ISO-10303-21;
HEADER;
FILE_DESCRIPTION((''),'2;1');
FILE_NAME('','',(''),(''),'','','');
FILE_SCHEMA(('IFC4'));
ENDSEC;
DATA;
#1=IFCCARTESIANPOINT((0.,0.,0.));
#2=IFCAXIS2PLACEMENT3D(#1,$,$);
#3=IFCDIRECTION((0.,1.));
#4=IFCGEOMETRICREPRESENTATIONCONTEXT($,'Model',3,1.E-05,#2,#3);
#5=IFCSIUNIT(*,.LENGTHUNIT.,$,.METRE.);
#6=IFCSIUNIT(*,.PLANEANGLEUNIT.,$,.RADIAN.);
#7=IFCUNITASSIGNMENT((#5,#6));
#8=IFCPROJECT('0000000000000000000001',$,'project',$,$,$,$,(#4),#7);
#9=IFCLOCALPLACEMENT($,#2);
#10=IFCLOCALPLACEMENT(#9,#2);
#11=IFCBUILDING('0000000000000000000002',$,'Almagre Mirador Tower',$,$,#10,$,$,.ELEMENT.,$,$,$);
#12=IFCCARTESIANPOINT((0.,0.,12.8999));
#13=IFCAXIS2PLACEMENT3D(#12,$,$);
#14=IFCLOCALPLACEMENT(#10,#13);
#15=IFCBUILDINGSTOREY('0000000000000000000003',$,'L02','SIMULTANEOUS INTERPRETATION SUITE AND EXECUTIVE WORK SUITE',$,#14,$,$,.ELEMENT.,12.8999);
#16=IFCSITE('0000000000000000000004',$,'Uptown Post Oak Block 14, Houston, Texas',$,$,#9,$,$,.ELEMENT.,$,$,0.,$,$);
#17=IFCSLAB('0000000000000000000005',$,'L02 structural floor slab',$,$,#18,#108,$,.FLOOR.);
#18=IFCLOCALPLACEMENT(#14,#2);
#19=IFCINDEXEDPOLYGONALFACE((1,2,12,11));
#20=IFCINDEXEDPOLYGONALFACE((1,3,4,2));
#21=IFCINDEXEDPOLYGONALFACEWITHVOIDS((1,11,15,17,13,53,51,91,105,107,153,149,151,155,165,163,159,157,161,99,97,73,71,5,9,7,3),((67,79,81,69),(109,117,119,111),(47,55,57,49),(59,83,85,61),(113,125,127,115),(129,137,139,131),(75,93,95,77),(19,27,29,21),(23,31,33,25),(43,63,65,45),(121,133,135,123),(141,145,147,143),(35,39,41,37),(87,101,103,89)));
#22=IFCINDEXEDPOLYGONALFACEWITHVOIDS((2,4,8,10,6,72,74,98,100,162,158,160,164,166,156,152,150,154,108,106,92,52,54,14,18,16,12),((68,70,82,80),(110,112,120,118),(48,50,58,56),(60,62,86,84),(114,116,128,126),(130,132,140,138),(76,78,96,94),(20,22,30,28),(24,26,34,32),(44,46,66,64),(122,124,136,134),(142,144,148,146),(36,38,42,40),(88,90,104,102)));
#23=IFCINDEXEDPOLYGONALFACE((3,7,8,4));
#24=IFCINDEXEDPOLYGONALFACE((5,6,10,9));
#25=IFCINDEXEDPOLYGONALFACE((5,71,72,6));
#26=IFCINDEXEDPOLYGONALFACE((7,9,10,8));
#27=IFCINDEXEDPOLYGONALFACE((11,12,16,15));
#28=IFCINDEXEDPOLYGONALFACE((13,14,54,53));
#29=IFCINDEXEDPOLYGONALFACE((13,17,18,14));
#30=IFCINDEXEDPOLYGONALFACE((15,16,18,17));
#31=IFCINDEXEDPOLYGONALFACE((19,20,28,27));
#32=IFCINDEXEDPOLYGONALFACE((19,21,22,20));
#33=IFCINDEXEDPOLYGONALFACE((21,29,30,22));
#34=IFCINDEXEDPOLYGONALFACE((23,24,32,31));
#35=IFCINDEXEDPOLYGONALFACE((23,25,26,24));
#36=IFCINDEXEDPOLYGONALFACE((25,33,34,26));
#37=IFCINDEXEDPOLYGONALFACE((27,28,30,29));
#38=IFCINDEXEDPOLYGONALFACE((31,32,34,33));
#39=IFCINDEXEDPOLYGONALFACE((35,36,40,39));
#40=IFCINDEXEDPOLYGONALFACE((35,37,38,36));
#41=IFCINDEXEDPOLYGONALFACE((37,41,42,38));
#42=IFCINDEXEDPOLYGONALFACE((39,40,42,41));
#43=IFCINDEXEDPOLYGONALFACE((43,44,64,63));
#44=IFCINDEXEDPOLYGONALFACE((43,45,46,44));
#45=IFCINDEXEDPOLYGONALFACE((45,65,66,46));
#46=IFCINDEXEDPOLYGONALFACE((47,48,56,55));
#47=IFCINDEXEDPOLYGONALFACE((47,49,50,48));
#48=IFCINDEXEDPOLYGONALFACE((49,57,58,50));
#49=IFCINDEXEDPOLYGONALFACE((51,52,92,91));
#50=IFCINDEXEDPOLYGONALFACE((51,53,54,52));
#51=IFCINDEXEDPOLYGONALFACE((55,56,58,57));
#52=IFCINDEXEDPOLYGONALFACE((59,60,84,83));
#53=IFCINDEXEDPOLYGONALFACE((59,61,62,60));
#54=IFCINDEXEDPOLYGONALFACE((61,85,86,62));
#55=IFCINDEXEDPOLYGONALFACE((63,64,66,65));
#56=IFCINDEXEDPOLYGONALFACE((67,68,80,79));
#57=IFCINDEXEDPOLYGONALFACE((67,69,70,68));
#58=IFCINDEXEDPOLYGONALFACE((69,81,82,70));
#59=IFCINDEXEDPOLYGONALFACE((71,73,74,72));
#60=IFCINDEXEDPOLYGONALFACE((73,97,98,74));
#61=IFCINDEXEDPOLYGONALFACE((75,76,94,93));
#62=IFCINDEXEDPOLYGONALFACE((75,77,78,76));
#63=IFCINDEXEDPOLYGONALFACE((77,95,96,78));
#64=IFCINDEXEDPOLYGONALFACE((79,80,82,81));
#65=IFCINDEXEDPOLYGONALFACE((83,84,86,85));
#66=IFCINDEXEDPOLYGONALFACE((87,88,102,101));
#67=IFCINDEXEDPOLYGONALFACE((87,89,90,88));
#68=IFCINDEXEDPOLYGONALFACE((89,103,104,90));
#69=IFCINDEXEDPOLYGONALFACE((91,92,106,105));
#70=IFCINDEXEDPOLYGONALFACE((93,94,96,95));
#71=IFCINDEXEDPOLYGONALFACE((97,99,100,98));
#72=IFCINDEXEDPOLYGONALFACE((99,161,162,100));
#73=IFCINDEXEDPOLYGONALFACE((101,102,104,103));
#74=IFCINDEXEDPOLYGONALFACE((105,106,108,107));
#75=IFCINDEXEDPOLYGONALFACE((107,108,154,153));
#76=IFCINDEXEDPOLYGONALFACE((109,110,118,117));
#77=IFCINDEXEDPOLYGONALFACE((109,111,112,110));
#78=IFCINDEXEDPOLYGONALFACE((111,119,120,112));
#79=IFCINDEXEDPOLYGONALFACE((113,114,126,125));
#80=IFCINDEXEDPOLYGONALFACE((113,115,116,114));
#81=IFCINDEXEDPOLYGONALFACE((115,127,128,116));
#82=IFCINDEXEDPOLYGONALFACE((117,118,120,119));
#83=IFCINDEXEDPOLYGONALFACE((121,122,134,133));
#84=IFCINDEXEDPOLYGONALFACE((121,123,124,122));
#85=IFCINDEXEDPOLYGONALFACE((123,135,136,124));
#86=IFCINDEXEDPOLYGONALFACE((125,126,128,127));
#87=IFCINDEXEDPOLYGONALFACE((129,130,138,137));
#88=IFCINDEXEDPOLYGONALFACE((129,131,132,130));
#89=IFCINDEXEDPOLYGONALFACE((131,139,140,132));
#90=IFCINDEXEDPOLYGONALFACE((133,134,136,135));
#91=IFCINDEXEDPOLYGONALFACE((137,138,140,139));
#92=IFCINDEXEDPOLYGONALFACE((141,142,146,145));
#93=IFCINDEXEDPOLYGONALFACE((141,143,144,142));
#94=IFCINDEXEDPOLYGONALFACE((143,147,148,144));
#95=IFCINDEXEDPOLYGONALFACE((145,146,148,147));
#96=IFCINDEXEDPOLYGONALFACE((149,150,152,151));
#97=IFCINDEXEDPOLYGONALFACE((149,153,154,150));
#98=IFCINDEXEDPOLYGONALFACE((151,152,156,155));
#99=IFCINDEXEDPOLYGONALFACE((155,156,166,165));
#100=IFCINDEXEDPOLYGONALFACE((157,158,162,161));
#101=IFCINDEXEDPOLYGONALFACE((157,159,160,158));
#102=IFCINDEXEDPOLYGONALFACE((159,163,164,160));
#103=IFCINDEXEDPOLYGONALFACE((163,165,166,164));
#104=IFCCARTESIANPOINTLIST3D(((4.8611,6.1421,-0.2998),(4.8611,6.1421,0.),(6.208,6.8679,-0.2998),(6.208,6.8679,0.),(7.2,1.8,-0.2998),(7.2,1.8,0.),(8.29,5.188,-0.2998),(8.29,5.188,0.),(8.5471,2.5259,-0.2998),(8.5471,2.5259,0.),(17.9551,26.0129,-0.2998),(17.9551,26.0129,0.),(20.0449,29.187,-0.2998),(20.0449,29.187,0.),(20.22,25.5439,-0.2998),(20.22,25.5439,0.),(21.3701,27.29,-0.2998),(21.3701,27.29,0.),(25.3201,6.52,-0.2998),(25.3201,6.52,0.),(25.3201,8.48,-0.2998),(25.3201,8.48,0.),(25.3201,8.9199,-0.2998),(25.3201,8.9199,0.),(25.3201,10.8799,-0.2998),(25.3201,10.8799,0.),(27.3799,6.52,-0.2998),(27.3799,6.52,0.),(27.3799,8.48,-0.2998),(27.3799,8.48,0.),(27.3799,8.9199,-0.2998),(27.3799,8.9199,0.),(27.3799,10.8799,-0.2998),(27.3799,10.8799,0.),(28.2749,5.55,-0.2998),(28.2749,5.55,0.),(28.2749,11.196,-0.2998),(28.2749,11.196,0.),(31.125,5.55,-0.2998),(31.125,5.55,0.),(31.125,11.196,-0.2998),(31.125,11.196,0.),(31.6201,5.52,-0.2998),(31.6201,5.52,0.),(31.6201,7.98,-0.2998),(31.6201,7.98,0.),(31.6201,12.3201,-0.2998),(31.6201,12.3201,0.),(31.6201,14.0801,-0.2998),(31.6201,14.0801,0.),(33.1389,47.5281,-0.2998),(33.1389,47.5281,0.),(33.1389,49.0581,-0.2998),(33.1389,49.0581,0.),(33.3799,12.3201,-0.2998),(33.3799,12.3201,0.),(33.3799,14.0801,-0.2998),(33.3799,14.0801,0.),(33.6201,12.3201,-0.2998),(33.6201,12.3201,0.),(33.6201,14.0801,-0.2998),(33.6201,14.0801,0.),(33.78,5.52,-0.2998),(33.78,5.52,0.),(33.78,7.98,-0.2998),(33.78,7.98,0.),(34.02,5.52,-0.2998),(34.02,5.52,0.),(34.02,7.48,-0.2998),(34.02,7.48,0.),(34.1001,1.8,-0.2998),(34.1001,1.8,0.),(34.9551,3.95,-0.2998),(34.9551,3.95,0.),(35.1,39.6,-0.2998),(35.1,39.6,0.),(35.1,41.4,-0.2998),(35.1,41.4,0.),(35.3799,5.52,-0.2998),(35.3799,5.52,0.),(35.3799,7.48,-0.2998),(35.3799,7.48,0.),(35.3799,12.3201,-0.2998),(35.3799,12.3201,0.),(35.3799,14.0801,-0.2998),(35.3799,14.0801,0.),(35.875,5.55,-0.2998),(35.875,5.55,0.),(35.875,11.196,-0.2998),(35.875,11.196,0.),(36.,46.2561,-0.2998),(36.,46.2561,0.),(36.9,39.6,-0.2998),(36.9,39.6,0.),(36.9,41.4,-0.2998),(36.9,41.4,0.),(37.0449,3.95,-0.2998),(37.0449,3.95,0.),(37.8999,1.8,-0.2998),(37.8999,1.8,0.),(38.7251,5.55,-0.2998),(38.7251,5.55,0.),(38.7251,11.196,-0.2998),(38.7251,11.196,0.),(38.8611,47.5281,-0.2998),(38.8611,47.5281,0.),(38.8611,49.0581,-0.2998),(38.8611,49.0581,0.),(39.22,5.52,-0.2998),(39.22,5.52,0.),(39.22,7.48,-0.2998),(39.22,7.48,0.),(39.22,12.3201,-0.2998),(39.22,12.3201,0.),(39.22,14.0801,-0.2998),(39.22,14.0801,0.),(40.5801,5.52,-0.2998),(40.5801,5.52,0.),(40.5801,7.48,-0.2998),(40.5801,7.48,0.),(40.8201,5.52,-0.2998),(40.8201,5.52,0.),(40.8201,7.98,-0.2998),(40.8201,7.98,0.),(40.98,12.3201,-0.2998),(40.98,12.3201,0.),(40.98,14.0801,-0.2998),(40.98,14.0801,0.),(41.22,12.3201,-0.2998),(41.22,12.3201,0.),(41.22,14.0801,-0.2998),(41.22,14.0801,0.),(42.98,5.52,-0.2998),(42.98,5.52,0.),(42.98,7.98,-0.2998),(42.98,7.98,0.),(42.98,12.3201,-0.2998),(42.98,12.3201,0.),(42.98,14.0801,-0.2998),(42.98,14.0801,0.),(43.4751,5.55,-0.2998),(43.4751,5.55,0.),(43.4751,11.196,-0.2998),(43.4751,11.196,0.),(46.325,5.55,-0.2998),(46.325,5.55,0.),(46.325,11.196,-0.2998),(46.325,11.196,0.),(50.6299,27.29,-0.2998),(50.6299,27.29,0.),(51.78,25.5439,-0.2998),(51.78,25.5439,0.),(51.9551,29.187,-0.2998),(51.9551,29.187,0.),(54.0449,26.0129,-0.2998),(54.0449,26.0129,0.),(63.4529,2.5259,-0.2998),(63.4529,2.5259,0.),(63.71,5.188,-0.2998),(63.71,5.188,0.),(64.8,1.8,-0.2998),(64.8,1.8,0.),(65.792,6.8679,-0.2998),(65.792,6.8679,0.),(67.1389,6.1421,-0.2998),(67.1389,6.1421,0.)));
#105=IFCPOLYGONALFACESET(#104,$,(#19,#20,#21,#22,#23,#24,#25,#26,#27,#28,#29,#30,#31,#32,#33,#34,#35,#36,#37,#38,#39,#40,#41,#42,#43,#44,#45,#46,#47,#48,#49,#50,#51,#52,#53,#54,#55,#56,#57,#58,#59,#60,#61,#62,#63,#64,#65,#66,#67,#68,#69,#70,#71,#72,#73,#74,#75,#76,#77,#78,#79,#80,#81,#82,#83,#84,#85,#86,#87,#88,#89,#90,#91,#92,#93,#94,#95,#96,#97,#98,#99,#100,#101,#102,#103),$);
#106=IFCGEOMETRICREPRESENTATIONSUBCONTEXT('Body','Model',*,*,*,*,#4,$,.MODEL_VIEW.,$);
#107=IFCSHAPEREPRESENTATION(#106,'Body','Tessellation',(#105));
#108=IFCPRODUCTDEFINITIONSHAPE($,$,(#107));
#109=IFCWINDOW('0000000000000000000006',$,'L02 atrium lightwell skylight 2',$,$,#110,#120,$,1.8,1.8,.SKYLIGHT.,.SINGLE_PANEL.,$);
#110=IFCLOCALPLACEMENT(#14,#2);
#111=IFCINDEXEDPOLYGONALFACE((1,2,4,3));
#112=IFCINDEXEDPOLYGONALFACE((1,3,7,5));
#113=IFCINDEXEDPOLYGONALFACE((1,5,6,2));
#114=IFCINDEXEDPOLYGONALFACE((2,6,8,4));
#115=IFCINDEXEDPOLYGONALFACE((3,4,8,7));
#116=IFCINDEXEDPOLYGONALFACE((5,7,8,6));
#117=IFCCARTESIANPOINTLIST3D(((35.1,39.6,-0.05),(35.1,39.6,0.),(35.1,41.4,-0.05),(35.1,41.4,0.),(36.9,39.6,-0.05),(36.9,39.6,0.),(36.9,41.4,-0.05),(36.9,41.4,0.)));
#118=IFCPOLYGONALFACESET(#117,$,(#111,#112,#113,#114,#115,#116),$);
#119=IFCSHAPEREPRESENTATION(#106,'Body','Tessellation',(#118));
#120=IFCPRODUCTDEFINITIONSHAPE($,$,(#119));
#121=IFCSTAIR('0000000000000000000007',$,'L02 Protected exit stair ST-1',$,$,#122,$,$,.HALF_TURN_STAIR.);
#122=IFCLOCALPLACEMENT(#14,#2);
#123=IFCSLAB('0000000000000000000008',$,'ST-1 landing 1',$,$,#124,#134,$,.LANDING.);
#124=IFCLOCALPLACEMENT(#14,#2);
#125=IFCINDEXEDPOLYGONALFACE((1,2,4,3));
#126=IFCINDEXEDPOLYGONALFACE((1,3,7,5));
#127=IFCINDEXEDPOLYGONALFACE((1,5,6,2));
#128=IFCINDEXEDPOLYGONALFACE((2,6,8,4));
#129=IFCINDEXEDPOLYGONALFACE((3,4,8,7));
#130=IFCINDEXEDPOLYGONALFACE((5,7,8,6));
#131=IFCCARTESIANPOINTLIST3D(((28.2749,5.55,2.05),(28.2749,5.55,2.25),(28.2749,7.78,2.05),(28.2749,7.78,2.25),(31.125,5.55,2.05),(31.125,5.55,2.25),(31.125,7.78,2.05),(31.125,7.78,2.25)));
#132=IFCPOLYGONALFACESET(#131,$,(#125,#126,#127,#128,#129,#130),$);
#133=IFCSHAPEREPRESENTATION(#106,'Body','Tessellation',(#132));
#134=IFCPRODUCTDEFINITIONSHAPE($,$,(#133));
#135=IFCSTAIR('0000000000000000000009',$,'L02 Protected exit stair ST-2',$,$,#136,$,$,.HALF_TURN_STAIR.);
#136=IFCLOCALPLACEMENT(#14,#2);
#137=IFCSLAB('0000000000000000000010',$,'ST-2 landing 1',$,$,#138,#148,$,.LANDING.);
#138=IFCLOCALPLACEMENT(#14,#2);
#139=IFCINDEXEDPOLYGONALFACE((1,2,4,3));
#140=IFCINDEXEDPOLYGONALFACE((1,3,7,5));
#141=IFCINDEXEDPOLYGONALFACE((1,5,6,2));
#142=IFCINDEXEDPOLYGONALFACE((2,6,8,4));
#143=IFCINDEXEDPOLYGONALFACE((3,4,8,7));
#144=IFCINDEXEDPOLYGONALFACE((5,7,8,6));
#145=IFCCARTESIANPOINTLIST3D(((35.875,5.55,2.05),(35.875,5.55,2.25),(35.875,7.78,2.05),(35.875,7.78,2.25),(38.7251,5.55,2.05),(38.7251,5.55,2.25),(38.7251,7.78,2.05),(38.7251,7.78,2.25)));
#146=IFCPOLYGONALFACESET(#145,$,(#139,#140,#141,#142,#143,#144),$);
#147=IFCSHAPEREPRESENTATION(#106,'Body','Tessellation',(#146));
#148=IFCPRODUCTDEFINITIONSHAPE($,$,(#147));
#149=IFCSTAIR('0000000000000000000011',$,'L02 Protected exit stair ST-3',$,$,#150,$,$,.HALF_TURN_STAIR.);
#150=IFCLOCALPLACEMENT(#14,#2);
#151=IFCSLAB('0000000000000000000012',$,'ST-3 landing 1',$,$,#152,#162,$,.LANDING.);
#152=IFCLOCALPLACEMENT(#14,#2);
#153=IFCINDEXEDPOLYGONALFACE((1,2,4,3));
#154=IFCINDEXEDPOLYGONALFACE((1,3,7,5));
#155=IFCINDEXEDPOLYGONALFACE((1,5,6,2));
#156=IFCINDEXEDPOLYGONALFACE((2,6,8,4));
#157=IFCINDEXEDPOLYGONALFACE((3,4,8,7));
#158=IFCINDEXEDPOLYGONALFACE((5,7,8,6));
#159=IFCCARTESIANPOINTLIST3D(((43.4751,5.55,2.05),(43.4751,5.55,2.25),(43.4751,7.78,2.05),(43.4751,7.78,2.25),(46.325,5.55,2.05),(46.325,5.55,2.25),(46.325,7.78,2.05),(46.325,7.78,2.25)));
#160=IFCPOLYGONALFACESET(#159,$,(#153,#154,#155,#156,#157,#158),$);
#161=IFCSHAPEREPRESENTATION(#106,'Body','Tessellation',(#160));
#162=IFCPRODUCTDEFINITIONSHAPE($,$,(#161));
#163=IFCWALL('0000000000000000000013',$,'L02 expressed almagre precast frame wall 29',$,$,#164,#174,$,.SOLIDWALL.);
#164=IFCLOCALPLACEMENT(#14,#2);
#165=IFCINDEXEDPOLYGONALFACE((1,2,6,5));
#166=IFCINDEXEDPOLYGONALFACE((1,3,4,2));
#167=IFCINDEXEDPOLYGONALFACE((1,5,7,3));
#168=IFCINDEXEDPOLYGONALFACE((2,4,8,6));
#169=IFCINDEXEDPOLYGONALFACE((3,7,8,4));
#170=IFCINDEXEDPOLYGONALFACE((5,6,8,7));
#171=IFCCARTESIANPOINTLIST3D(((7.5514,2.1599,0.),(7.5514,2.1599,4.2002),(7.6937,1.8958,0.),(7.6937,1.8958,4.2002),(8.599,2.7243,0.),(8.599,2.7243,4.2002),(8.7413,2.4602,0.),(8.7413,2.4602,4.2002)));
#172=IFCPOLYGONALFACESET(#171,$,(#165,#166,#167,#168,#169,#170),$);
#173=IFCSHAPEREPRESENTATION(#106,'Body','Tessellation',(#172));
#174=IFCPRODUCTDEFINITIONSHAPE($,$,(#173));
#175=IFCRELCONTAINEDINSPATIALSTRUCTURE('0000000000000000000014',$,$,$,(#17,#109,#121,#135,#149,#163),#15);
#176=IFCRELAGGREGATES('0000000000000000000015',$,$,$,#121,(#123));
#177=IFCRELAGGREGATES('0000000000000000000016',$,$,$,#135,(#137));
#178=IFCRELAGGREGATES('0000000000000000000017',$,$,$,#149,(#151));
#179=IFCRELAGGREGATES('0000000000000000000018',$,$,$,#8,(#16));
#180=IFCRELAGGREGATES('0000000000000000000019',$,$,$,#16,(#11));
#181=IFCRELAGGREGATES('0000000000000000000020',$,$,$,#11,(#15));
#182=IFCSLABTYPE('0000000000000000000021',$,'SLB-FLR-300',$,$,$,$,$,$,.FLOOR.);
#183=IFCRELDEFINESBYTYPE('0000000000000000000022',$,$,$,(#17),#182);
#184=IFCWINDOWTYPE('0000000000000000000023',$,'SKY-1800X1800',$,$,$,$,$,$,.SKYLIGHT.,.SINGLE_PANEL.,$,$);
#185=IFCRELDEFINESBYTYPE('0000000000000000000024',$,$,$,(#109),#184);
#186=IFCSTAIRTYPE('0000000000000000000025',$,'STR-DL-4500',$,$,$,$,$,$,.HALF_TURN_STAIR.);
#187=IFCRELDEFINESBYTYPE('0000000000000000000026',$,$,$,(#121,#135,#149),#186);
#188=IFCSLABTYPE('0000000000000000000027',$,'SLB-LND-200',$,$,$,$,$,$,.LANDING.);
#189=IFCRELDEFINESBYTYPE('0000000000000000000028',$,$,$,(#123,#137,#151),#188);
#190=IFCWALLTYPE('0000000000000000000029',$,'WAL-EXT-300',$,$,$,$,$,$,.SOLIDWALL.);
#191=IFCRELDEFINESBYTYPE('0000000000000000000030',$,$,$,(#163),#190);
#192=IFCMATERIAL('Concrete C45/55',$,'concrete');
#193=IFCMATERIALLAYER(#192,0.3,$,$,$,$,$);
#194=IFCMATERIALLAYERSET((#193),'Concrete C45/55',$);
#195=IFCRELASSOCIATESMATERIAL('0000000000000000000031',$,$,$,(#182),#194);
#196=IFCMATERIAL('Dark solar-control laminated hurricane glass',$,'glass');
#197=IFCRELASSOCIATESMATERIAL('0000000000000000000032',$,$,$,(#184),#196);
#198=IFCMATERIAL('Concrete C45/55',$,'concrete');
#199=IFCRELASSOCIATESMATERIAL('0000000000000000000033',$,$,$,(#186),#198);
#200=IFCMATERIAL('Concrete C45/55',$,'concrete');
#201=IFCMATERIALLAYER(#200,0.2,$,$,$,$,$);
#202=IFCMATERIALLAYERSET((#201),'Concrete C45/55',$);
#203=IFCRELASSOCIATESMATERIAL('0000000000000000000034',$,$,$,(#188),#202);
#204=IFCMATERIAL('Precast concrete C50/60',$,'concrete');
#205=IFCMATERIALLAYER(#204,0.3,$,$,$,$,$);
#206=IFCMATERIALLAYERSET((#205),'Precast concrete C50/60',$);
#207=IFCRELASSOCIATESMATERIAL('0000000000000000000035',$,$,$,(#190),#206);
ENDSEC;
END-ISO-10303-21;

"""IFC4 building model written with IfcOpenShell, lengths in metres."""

from ifc_helpers import new_model, si_unit, direction, frame, frame_2d, origin, origin_2d, place, context, subcontext, project, spatial, polyline, rectangle, outline, extrude, material, layer, layer_set, type_object, element, fill, aggregate, save


model = new_model("IFC4")

# Units and contexts
model_context = context("Model", 3, precision=1e-05, world=origin(), true_north=direction((0.0, 1.0)))
body_context = subcontext(model_context, "Body", "Model", "MODEL_VIEW")
ifc_project = project(units=[si_unit("LENGTHUNIT", "METRE"), si_unit("PLANEANGLEUNIT", "RADIAN")], contexts=[model_context])

# Site, building, storey
site_placement = place(None, origin())
site = spatial("IfcSite", under=ifc_project, at=site_placement, Name="Uptown Post Oak Block 14, Houston, Texas", CompositionType="ELEMENT", RefElevation=0.0)
building_placement = place(site_placement, origin())
building = spatial("IfcBuilding", under=site, at=building_placement, Name="Almagre Mirador Tower", CompositionType="ELEMENT")
storey_placement = place(building_placement, frame((0.0, 0.0, 12.8999)))
storey = spatial("IfcBuildingStorey", under=building, at=storey_placement, Name="L02", Description="SIMULTANEOUS INTERPRETATION SUITE AND EXECUTIVE WORK SUITE", CompositionType="ELEMENT", Elevation=12.8999)

# Slab, opening, window
ifc_material_1 = material(Name="Concrete C45/55", Category="concrete")
ifc_layer_1 = layer(ifc_material_1, 0.3)
ifc_layer_set_1 = layer_set([ifc_layer_1], Name="Concrete C45/55")
slab_type_1 = type_object("IfcSlabType", Name="SLB-FLR-300", PredefinedType="FLOOR", material=ifc_layer_set_1)
slab_1_placement = place(storey_placement, frame((0.0, 0.0, -0.2998)))
slab_1 = element("IfcSlab", 1, at=slab_1_placement, inside=storey, type_object=slab_type_1, Name="L02 structural floor slab", PredefinedType="FLOOR", context=body_context, shape_type="SweptSolid", body=[
    extrude(outline(polyline([(4.8611, 6.1421), (6.208, 6.8679), (8.29, 5.188), (8.5471, 2.5259), (7.2, 1.8), (34.1001, 1.8), (34.9551, 3.95), (37.0449, 3.95), (37.8999, 1.8), (64.8, 1.8), (63.4529, 2.5259), (63.71, 5.188), (65.792, 6.8679), (67.1389, 6.1421), (54.0449, 26.0129), (51.78, 25.5439), (50.6299, 27.29), (51.9551, 29.187), (38.8611, 49.0581), (38.8611, 47.5281), (36.0, 46.2561), (33.1389, 47.5281), (33.1389, 49.0581), (20.0449, 29.187), (21.3701, 27.29), (20.22, 25.5439), (17.9551, 26.0129), (4.8611, 6.1421)]), holes=[polyline([(43.4751, 11.196), (46.325, 11.196), (46.325, 5.55), (43.4751, 5.55), (43.4751, 11.196)]), polyline([(40.8201, 5.52), (40.8201, 7.98), (42.98, 7.98), (42.98, 5.52), (40.8201, 5.52)]), polyline([(41.22, 12.3201), (41.22, 14.0801), (42.98, 14.0801), (42.98, 12.3201), (41.22, 12.3201)]), polyline([(39.22, 12.3201), (39.22, 14.0801), (40.98, 14.0801), (40.98, 12.3201), (39.22, 12.3201)]), polyline([(39.22, 5.52), (39.22, 7.48), (40.5801, 7.48), (40.5801, 5.52), (39.22, 5.52)]), polyline([(35.875, 11.196), (38.7251, 11.196), (38.7251, 5.55), (35.875, 5.55), (35.875, 11.196)]), polyline([(35.3799, 5.52), (34.02, 5.52), (34.02, 7.48), (35.3799, 7.48), (35.3799, 5.52)]), polyline([(35.3799, 12.3201), (33.6201, 12.3201), (33.6201, 14.0801), (35.3799, 14.0801), (35.3799, 12.3201)]), polyline([(31.6201, 5.52), (31.6201, 7.98), (33.78, 7.98), (33.78, 5.52), (31.6201, 5.52)]), polyline([(31.6201, 12.3201), (31.6201, 14.0801), (33.3799, 14.0801), (33.3799, 12.3201), (31.6201, 12.3201)]), polyline([(28.2749, 5.55), (28.2749, 11.196), (31.125, 11.196), (31.125, 5.55), (28.2749, 5.55)]), polyline([(25.3201, 6.52), (25.3201, 8.48), (27.3799, 8.48), (27.3799, 6.52), (25.3201, 6.52)]), polyline([(25.3201, 8.9199), (25.3201, 10.8799), (27.3799, 10.8799), (27.3799, 8.9199), (25.3201, 8.9199)])]), origin(), (0.0, 0.0, 1.0), 0.2998),
])
opening_1_placement = place(slab_1_placement, frame((36.0, 40.5, 0.0)))
opening_1 = element("IfcOpeningElement", 2, at=opening_1_placement, cuts=slab_1, PredefinedType="OPENING", context=body_context, shape_type="SweptSolid", body=[
    extrude(rectangle(XDim=1.8, YDim=1.8, at=origin_2d()), origin(), (0.0, 0.0, 1.0), 0.2998),
])
ifc_material_2 = material(Name="Dark solar-control laminated hurricane glass", Category="glass")
window_type_1 = type_object("IfcWindowType", Name="SKY-1800X1800", PartitioningType="SINGLE_PANEL", PredefinedType="SKYLIGHT", material=ifc_material_2)
window_1_placement = place(opening_1_placement, frame((0.0, 0.0, 0.2498)))
window_1 = element("IfcWindow", 3, at=window_1_placement, inside=storey, type_object=window_type_1, Name="L02 atrium lightwell skylight 2", OverallHeight=1.8, OverallWidth=1.8, PartitioningType="SINGLE_PANEL", PredefinedType="SKYLIGHT", context=body_context, shape_type="SweptSolid", body=[
    extrude(rectangle(XDim=1.8, YDim=1.8, at=origin_2d()), origin(), (0.0, 0.0, 1.0), 0.05),
])
fill(opening_1, window_1)

# Stairs, slabs
ifc_material_3 = material(Name="Concrete C45/55", Category="concrete")
stair_type = type_object("IfcStairType", Name="STR-DL-4500", PredefinedType="HALF_TURN_STAIR", material=ifc_material_3)
stair_1_placement = place(storey_placement, origin())
stair_1 = element("IfcStair", 4, at=stair_1_placement, inside=storey, type_object=stair_type, Name="L02 Protected exit stair ST-1", PredefinedType="HALF_TURN_STAIR")
ifc_material_4 = material(Name="Concrete C45/55", Category="concrete")
ifc_layer_2 = layer(ifc_material_4, 0.2)
ifc_layer_set_2 = layer_set([ifc_layer_2], Name="Concrete C45/55")
slab_type_2 = type_object("IfcSlabType", Name="SLB-LND-200", PredefinedType="LANDING", material=ifc_layer_set_2)
slab_2_placement = place(storey_placement, frame((0.0, 0.0, 2.05)))
slab_2 = element("IfcSlab", 5, at=slab_2_placement, type_object=slab_type_2, Name="ST-1 landing 1", PredefinedType="LANDING", context=body_context, shape_type="SweptSolid", body=[
    extrude(outline(polyline([(28.2749, 7.78), (28.2749, 5.55), (31.125, 5.55), (31.125, 7.78), (28.2749, 7.78)])), origin(), (0.0, 0.0, 1.0), 0.2),
])
aggregate(stair_1, [slab_2])
stair_2_placement = place(storey_placement, origin())
stair_2 = element("IfcStair", 6, at=stair_2_placement, inside=storey, type_object=stair_type, Name="L02 Protected exit stair ST-2", PredefinedType="HALF_TURN_STAIR")
slab_3_placement = place(storey_placement, frame((0.0, 0.0, 2.05)))
slab_3 = element("IfcSlab", 7, at=slab_3_placement, type_object=slab_type_2, Name="ST-2 landing 1", PredefinedType="LANDING", context=body_context, shape_type="SweptSolid", body=[
    extrude(outline(polyline([(35.875, 7.78), (35.875, 5.55), (38.7251, 5.55), (38.7251, 7.78), (35.875, 7.78)])), origin(), (0.0, 0.0, 1.0), 0.2),
])
aggregate(stair_2, [slab_3])
stair_3_placement = place(storey_placement, origin())
stair_3 = element("IfcStair", 8, at=stair_3_placement, inside=storey, type_object=stair_type, Name="L02 Protected exit stair ST-3", PredefinedType="HALF_TURN_STAIR")
slab_4_placement = place(storey_placement, frame((0.0, 0.0, 2.05)))
slab_4 = element("IfcSlab", 9, at=slab_4_placement, type_object=slab_type_2, Name="ST-3 landing 1", PredefinedType="LANDING", context=body_context, shape_type="SweptSolid", body=[
    extrude(outline(polyline([(43.4751, 7.78), (43.4751, 5.55), (46.325, 5.55), (46.325, 7.78), (43.4751, 7.78)])), origin(), (0.0, 0.0, 1.0), 0.2),
])
aggregate(stair_3, [slab_4])

# Wall
ifc_material_5 = material(Name="Precast concrete C50/60", Category="concrete")
ifc_layer_3 = layer(ifc_material_5, 0.3)
ifc_layer_set_3 = layer_set([ifc_layer_3], Name="Precast concrete C50/60")
wall_type = type_object("IfcWallType", Name="WAL-EXT-300", PredefinedType="SOLIDWALL", material=ifc_layer_set_3)
wall_1_placement = place(storey_placement, frame((7.6226, 2.0278, 0.0), z_axis=(0.0, 0.0, 1.0), x_axis=(0.880346, 0.474332, 0.0)))
element("IfcWall", 10, at=wall_1_placement, inside=storey, type_object=wall_type, Name="L02 expressed almagre precast frame wall 29", PredefinedType="SOLIDWALL", context=body_context, shape_type="SweptSolid", body=[
    extrude(rectangle(XDim=1.1899, YDim=0.3, at=frame_2d((0.595, 0.0))), origin(), (0.0, 0.0, 1.0), 4.2002),
])

save(model, "model.ifc")
